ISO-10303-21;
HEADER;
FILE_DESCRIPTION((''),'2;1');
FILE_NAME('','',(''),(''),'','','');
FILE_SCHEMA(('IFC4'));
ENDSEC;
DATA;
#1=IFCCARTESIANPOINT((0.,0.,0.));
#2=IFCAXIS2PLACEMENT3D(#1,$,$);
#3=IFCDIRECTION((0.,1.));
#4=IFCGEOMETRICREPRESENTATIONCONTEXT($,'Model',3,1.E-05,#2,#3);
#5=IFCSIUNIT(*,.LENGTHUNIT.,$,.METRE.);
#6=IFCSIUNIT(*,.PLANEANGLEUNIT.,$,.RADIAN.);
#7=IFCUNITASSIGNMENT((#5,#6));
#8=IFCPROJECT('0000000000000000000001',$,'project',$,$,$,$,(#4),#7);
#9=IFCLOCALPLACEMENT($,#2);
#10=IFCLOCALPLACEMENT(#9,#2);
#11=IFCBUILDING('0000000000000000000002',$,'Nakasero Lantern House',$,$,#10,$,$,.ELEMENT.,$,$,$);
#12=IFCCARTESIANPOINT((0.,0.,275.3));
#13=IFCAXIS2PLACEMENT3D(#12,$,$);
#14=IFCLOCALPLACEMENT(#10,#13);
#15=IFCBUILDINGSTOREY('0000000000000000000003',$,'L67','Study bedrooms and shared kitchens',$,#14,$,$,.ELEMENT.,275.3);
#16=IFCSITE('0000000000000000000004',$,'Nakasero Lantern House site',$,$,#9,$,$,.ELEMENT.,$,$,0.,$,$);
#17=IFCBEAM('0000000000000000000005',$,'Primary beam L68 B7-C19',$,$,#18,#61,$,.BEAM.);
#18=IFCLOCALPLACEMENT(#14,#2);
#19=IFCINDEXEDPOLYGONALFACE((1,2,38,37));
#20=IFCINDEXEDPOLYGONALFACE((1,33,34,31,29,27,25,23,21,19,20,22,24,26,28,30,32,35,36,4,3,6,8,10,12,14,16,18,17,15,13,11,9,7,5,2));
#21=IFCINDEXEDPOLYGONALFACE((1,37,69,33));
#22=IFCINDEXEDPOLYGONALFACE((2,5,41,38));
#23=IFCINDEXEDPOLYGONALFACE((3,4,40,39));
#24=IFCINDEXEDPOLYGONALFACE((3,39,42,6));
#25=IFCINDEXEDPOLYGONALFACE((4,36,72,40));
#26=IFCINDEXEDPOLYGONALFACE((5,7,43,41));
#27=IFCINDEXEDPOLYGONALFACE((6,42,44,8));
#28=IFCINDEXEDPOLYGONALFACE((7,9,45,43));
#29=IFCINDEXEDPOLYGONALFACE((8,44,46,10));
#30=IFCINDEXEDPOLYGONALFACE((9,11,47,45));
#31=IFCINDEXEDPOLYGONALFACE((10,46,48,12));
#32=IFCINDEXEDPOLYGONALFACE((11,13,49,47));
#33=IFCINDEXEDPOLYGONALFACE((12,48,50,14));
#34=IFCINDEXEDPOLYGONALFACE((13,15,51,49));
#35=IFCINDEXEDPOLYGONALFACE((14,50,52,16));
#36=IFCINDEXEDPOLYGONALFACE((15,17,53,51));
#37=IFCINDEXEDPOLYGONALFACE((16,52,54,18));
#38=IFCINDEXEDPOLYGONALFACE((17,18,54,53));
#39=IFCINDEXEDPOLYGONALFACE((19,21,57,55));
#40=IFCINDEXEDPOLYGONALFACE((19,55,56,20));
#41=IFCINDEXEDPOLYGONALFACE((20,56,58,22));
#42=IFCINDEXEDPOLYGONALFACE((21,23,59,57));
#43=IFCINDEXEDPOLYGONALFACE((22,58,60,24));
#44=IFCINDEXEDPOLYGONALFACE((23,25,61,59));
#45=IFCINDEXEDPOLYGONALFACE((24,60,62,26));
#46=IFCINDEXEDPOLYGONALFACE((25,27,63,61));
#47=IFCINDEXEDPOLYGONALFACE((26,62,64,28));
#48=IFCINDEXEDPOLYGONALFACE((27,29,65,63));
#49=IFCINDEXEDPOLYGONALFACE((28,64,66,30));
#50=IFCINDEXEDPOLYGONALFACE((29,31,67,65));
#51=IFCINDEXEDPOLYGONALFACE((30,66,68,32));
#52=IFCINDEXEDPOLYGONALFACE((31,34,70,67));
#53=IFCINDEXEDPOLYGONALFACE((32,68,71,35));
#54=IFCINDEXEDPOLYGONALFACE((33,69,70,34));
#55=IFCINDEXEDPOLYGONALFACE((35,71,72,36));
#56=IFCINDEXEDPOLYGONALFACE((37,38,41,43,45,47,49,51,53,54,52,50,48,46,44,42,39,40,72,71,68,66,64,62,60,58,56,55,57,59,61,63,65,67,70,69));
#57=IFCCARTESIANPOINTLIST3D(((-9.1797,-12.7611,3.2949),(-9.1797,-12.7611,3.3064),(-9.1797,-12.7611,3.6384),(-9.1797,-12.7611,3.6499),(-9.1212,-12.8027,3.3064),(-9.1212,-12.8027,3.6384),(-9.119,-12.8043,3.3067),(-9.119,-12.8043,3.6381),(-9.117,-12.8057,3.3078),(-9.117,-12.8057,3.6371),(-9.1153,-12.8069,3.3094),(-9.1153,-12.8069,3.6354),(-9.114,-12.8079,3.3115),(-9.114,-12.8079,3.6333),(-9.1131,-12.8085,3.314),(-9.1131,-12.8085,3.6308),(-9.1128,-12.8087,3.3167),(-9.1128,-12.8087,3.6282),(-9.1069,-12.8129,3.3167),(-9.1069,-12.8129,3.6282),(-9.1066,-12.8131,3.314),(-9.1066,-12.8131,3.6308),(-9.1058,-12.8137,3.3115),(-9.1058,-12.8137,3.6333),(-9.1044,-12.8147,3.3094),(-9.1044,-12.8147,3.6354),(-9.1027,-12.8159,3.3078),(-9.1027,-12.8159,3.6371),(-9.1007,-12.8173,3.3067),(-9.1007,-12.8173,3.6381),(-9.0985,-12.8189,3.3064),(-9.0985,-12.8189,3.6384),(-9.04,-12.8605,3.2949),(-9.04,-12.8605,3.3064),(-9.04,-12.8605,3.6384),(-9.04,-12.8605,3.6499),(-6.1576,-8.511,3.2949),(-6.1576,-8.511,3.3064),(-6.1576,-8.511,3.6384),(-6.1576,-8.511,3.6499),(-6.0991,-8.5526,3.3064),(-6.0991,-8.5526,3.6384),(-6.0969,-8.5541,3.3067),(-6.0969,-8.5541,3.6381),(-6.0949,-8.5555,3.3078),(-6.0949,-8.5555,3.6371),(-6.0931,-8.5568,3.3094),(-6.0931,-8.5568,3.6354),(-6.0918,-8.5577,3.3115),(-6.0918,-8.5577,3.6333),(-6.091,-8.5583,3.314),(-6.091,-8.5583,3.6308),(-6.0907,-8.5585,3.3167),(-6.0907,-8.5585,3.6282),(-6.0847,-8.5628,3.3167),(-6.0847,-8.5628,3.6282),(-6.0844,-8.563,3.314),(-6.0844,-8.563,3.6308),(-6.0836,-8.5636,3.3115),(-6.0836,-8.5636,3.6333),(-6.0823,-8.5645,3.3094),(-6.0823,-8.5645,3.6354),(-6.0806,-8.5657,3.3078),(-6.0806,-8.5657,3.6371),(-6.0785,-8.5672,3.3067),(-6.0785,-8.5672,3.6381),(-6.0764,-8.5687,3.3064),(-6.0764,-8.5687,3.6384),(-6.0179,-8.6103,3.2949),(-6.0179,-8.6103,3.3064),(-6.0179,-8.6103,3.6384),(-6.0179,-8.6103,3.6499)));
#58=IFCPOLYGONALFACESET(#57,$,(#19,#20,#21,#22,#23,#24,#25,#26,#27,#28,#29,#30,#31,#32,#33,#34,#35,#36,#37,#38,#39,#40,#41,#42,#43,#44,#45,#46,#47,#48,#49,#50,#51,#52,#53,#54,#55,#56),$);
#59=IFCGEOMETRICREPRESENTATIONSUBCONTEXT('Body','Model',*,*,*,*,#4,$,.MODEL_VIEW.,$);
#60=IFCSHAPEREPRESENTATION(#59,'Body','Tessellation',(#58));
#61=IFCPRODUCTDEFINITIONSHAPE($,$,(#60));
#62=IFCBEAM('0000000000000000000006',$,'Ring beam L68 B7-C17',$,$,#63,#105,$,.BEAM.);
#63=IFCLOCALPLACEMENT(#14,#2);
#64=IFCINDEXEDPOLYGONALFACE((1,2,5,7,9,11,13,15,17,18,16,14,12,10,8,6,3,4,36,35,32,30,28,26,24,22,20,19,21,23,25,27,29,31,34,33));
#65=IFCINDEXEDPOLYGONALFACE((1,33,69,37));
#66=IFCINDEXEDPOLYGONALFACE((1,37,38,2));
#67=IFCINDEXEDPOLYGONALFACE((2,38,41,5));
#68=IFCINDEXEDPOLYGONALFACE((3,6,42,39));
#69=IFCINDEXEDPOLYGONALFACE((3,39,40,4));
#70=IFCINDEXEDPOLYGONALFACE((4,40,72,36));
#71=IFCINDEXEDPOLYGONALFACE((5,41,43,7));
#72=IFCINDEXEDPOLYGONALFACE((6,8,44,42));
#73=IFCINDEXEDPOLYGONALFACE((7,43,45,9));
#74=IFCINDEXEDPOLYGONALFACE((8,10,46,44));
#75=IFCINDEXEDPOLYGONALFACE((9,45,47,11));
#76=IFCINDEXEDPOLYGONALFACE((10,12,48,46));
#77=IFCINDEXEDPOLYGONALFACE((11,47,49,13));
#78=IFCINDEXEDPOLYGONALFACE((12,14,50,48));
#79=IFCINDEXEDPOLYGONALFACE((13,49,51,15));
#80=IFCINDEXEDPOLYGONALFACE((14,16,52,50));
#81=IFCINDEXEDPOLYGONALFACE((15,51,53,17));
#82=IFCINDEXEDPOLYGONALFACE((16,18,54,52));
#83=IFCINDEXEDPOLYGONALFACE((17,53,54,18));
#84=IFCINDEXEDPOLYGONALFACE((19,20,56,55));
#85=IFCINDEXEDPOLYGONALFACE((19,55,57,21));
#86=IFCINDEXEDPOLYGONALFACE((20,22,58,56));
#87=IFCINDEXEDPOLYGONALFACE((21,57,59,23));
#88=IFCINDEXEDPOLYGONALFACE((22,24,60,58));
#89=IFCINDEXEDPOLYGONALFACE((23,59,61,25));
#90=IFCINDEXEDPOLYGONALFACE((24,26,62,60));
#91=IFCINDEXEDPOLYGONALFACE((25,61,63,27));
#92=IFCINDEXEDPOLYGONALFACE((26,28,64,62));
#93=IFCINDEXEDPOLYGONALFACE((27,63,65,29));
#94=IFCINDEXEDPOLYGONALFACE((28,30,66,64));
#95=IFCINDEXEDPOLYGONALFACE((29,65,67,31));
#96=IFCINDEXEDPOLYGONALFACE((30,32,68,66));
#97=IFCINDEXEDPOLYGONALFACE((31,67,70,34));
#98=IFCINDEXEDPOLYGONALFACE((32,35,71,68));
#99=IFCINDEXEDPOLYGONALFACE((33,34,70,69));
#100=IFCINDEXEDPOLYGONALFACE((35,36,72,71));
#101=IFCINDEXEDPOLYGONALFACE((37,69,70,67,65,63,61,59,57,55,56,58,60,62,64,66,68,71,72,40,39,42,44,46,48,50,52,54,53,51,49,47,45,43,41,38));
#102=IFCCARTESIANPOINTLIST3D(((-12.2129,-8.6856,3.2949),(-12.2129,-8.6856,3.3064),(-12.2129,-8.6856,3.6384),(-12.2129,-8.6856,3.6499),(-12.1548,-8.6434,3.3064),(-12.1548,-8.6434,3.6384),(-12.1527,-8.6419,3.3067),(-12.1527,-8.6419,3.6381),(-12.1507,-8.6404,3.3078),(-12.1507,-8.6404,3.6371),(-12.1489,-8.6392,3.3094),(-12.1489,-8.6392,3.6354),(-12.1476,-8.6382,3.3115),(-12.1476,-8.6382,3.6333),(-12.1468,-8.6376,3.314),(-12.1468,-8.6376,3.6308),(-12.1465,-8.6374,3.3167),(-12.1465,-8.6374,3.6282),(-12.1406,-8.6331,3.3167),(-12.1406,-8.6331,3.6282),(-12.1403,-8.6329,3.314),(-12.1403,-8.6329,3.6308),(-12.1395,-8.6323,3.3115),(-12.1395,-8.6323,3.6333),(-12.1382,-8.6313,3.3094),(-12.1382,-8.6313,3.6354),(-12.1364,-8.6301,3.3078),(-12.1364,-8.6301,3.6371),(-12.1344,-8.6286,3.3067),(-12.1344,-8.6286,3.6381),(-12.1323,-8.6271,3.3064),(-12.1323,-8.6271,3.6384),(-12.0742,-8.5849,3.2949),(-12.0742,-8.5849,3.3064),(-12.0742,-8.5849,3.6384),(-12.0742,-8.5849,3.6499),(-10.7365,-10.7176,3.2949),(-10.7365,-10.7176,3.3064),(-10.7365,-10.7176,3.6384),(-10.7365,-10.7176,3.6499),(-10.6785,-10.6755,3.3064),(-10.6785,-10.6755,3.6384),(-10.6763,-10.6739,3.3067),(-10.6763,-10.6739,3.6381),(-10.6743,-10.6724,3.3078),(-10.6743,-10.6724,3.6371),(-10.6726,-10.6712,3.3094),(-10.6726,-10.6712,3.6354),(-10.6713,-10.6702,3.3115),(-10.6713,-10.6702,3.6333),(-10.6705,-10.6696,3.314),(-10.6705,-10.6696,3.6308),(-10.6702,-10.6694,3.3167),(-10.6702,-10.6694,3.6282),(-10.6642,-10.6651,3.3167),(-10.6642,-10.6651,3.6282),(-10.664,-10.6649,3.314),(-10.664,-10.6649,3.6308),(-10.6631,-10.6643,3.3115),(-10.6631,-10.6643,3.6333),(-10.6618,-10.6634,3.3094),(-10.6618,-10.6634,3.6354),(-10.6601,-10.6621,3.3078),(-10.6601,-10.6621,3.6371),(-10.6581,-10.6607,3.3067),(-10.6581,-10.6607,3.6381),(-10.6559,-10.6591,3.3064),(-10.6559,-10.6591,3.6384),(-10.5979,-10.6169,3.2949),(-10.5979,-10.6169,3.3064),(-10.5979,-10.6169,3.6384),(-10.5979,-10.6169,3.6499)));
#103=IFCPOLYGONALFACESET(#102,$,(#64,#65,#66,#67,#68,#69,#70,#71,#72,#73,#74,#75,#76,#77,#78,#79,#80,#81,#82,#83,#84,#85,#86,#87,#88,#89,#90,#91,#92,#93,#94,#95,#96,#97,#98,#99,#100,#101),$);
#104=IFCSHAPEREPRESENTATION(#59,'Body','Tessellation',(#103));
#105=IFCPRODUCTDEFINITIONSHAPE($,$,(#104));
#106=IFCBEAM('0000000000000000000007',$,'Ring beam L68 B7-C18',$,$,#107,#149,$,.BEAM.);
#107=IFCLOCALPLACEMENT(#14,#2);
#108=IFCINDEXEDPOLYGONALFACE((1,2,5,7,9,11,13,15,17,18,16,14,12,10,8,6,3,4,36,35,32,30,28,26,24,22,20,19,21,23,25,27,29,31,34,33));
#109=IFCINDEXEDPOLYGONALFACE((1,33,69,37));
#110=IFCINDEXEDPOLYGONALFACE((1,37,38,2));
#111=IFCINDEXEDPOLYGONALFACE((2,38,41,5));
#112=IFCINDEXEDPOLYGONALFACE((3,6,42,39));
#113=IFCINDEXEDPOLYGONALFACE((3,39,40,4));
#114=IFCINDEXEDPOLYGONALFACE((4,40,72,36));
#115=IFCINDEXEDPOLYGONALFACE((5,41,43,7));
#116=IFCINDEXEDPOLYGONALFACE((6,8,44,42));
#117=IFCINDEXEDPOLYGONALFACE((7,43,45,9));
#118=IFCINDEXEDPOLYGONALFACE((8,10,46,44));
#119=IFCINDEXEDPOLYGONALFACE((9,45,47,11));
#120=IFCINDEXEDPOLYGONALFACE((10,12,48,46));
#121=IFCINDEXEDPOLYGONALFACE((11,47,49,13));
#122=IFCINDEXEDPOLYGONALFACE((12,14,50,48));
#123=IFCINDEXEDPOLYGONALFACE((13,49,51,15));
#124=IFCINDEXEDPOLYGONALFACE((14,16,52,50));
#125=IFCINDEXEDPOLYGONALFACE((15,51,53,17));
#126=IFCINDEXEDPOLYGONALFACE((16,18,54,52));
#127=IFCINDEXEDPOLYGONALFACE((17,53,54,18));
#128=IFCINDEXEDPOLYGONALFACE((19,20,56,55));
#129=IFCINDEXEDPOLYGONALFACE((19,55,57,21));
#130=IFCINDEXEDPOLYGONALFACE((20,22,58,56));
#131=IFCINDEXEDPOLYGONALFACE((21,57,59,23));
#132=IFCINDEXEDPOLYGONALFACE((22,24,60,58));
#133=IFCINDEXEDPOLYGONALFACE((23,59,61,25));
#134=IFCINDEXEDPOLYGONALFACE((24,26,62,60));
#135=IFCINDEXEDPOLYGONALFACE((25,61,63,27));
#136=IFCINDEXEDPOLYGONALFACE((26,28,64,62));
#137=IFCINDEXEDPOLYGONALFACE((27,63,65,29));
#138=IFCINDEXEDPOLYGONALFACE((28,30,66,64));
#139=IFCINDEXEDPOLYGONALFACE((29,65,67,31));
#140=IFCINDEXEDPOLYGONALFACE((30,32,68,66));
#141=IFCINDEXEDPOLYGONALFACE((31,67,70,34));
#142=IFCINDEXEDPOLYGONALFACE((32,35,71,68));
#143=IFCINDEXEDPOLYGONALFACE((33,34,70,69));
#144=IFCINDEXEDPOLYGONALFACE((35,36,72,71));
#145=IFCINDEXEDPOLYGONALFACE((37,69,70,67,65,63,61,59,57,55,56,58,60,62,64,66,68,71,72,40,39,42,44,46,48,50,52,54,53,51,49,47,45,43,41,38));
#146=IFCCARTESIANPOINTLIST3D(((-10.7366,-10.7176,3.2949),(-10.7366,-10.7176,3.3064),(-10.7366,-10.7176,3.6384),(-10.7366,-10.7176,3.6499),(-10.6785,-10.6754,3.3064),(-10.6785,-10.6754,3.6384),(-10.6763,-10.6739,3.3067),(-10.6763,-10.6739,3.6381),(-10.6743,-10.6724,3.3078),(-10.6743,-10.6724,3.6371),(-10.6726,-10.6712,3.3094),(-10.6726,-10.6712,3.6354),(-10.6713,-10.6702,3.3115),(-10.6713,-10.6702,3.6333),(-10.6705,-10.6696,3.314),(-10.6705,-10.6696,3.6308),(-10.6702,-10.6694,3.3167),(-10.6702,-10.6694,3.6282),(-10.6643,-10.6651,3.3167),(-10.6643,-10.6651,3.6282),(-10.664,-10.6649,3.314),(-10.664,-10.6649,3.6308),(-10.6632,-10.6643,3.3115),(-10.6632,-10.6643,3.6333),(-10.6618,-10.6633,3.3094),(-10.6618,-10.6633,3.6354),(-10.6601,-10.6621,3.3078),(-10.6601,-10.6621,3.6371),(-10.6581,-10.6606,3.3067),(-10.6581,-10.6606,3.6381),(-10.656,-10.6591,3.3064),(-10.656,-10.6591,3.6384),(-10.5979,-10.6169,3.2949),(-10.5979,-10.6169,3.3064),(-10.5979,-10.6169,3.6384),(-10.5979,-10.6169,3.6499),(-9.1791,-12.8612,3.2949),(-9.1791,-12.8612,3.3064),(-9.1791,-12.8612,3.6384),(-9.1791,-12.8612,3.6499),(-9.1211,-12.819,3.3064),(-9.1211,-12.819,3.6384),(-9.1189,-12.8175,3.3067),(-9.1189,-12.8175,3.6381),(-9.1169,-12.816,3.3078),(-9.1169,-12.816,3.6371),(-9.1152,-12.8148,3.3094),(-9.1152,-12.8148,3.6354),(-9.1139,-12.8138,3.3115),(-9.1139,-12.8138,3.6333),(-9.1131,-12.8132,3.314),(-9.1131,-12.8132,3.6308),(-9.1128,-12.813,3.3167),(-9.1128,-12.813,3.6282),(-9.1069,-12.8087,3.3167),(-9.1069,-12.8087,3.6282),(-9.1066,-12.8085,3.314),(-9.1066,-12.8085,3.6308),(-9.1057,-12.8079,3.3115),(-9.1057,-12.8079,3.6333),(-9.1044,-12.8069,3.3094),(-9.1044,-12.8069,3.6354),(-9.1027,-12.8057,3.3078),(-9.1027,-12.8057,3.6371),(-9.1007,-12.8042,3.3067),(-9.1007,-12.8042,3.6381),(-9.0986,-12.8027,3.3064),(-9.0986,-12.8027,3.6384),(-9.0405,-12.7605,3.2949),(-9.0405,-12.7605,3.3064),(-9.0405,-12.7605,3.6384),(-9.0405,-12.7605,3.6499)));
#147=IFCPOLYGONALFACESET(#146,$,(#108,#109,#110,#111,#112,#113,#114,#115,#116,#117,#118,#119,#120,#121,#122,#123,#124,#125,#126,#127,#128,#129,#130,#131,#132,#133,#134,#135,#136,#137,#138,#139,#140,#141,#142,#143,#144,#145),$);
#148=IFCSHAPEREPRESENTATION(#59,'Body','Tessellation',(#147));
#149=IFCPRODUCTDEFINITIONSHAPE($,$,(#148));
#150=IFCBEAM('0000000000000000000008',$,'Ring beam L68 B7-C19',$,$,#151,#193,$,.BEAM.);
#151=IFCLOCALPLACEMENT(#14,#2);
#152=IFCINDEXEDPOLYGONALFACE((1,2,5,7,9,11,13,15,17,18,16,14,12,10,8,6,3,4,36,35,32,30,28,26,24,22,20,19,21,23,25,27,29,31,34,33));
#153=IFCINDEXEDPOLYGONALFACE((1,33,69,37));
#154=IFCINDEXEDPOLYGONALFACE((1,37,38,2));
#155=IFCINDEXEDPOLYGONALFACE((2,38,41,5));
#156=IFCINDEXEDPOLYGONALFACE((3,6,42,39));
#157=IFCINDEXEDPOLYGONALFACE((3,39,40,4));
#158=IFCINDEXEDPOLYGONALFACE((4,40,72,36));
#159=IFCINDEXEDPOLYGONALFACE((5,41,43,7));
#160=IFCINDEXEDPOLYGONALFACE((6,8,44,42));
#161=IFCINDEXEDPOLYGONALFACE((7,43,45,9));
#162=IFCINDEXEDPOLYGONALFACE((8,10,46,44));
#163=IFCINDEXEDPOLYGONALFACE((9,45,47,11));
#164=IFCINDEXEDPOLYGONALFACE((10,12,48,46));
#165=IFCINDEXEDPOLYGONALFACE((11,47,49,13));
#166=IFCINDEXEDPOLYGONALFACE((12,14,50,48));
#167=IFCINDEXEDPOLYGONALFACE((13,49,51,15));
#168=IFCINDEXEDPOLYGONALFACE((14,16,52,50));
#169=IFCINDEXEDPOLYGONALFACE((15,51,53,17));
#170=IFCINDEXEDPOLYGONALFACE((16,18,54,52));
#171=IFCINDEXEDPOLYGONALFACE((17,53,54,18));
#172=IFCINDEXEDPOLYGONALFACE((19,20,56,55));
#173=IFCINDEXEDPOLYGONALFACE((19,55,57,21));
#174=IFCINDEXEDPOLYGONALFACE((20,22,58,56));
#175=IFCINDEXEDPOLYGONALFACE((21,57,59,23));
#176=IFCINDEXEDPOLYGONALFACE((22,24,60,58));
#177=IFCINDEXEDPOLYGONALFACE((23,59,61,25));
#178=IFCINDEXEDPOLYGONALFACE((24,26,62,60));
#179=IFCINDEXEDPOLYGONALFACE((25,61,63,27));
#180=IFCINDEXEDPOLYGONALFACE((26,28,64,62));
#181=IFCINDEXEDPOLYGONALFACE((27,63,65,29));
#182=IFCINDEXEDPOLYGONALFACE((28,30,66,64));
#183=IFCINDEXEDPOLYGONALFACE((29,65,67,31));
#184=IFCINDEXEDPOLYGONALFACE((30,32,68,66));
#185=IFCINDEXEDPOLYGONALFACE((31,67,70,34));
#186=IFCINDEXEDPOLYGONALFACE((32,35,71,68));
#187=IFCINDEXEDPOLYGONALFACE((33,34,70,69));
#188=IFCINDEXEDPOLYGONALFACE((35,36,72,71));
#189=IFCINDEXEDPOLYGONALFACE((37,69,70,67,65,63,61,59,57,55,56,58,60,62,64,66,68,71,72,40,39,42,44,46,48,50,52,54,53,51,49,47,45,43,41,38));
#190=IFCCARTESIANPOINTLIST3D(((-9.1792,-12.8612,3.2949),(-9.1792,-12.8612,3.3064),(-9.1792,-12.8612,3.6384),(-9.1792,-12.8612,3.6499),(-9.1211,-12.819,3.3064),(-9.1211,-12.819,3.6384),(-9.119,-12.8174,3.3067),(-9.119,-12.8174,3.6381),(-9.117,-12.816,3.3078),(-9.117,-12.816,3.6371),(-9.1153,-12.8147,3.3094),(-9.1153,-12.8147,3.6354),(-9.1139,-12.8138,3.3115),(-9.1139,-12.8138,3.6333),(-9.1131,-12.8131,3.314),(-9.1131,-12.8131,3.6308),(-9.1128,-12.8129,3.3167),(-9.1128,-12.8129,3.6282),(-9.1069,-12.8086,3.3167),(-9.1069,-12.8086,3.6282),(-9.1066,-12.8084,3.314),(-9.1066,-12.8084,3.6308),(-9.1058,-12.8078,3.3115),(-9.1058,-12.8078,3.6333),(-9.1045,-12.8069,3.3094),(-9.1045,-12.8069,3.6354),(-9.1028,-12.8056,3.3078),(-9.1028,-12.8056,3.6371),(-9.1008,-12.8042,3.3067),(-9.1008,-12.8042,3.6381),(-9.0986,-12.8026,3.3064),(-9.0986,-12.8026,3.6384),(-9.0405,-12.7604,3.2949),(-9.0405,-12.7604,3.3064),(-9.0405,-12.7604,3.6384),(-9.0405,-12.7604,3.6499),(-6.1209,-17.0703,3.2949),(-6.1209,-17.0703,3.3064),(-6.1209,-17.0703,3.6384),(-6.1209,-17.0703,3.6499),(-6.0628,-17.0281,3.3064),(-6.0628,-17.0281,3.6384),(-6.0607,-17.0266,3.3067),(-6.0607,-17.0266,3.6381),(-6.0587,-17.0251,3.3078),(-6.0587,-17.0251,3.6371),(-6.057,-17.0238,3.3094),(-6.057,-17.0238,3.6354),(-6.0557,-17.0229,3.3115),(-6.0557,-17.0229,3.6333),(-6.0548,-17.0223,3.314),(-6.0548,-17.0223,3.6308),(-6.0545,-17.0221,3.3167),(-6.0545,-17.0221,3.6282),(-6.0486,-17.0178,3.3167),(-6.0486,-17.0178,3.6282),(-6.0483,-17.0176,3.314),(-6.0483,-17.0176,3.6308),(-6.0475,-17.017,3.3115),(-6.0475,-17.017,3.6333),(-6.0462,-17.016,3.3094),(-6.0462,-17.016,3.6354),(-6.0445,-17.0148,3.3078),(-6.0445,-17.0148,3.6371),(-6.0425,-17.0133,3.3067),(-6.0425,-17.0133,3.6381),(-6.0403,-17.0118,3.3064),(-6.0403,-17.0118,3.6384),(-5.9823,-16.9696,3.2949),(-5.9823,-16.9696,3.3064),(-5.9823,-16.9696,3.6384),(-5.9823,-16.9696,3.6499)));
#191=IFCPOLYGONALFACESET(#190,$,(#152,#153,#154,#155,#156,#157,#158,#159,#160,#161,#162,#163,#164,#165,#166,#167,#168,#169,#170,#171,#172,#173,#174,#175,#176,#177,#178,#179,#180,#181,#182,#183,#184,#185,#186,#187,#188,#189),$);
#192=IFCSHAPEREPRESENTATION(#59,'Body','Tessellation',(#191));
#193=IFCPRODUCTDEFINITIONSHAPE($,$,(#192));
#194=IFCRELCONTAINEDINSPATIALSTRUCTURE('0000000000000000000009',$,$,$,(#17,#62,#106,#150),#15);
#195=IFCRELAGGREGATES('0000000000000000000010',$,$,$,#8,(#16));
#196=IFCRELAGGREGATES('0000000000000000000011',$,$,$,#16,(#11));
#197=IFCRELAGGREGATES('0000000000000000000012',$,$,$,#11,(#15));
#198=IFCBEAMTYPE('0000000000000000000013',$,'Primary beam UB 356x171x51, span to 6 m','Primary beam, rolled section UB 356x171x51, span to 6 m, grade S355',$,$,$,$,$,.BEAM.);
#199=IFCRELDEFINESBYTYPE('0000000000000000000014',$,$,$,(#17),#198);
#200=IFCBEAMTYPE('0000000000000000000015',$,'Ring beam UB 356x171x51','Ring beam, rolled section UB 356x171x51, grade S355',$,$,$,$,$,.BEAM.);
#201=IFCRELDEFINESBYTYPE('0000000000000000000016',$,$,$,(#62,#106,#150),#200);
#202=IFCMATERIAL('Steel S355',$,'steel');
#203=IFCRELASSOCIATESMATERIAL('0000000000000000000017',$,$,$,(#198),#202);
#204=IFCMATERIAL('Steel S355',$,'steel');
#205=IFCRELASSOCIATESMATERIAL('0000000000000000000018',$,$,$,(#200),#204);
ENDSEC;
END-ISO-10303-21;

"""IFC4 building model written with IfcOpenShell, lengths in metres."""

from ifc_helpers import new_model, si_unit, direction, frame, origin, origin_2d, place, context, subcontext, project, spatial, i_section, extrude, material, material_profile, profile_set, type_object, element, save


model = new_model("IFC4")

# Units and contexts
model_context = context("Model", 3, precision=1e-05, world=origin(), true_north=direction((0.0, 1.0)))
body_context = subcontext(model_context, "Body", "Model", "MODEL_VIEW")
ifc_project = project(units=[si_unit("LENGTHUNIT", "METRE"), si_unit("PLANEANGLEUNIT", "RADIAN")], contexts=[model_context])

# Site, building, storey
site_placement = place(None, origin())
site = spatial("IfcSite", under=ifc_project, at=site_placement, Name="Nakasero Lantern House site", CompositionType="ELEMENT", RefElevation=0.0)
building_placement = place(site_placement, origin())
building = spatial("IfcBuilding", under=site, at=building_placement, Name="Nakasero Lantern House", CompositionType="ELEMENT")
storey_placement = place(building_placement, frame((0.0, 0.0, 275.3)))
storey = spatial("IfcBuildingStorey", under=building, at=storey_placement, Name="L67", Description="Study bedrooms and shared kitchens", CompositionType="ELEMENT", Elevation=275.3)

# Beams
ifc_material_1 = material(Name="Steel S355", Category="steel")
ifc_material_profile_1 = material_profile(ifc_material_1, i_section(OverallWidth=0.1714, OverallDepth=0.355, WebThickness=0.0073, FlangeThickness=0.0115, FilletRadius=0.0103, at=origin_2d()), Name="UB 356x171x51")
ifc_profile_set_1 = profile_set([ifc_material_profile_1], Name="Steel S355")
beam_type_1 = type_object("IfcBeamType", Name="Primary beam UB 356x171x51, span to 6 m", Description="Primary beam, rolled section UB 356x171x51, span to 6 m, grade S355", PredefinedType="BEAM", material=ifc_profile_set_1)
beam_1_placement = place(storey_placement, frame((-9.1099, -12.8108, 3.4724), z_axis=(0.579501, 0.814972, 0.0), x_axis=(-0.814972, 0.579501, 0.0)))
element("IfcBeam", 1, at=beam_1_placement, inside=storey, type_object=beam_type_1, Name="Primary beam L68 B7-C19", PredefinedType="BEAM", context=body_context, shape_type="SweptSolid", body=[
    extrude(i_section(OverallWidth=0.1714, OverallDepth=0.355, WebThickness=0.0073, FlangeThickness=0.0115, FilletRadius=0.0103, at=origin_2d()), origin(), (0.0, 0.0, 1.0), 5.2151),
])
ifc_material_2 = material(Name="Steel S355", Category="steel")
ifc_material_profile_2 = material_profile(ifc_material_2, i_section(OverallWidth=0.1714, OverallDepth=0.355, WebThickness=0.0073, FlangeThickness=0.0115, FilletRadius=0.0103, at=origin_2d()), Name="UB 356x171x51")
ifc_profile_set_2 = profile_set([ifc_material_profile_2], Name="Steel S355")
beam_type_2 = type_object("IfcBeamType", Name="Ring beam UB 356x171x51", Description="Ring beam, rolled section UB 356x171x51, grade S355", PredefinedType="BEAM", material=ifc_profile_set_2)
beam_2_placement = place(storey_placement, frame((-12.1436, -8.6353, 3.4724), z_axis=(0.587784, -0.809018, 0.0), x_axis=(0.809018, 0.587784, 0.0)))
element("IfcBeam", 2, at=beam_2_placement, inside=storey, type_object=beam_type_2, Name="Ring beam L68 B7-C17", PredefinedType="BEAM", context=body_context, shape_type="SweptSolid", body=[
    extrude(i_section(OverallWidth=0.1714, OverallDepth=0.355, WebThickness=0.0073, FlangeThickness=0.0115, FilletRadius=0.0103, at=origin_2d()), origin(), (0.0, 0.0, 1.0), 2.5117),
])
beam_3_placement = place(storey_placement, frame((-10.6672, -10.6672, 3.4724), z_axis=(0.587783, -0.809019, 0.0), x_axis=(0.809019, 0.587783, 0.0)))
element("IfcBeam", 3, at=beam_3_placement, inside=storey, type_object=beam_type_2, Name="Ring beam L68 B7-C18", PredefinedType="BEAM", context=body_context, shape_type="SweptSolid", body=[
    extrude(i_section(OverallWidth=0.1714, OverallDepth=0.355, WebThickness=0.0073, FlangeThickness=0.0115, FilletRadius=0.0103, at=origin_2d()), origin(), (0.0, 0.0, 1.0), 2.6497),
])
beam_4_placement = place(storey_placement, frame((-9.1099, -12.8108, 3.4724), z_axis=(0.587806, -0.809002, 0.0), x_axis=(0.809002, 0.587806, 0.0)))
element("IfcBeam", 4, at=beam_4_placement, inside=storey, type_object=beam_type_2, Name="Ring beam L68 B7-C19", PredefinedType="BEAM", context=body_context, shape_type="SweptSolid", body=[
    extrude(i_section(OverallWidth=0.1714, OverallDepth=0.355, WebThickness=0.0073, FlangeThickness=0.0115, FilletRadius=0.0103, at=origin_2d()), origin(), (0.0, 0.0, 1.0), 5.2029),
])

save(model, "model.ifc")
